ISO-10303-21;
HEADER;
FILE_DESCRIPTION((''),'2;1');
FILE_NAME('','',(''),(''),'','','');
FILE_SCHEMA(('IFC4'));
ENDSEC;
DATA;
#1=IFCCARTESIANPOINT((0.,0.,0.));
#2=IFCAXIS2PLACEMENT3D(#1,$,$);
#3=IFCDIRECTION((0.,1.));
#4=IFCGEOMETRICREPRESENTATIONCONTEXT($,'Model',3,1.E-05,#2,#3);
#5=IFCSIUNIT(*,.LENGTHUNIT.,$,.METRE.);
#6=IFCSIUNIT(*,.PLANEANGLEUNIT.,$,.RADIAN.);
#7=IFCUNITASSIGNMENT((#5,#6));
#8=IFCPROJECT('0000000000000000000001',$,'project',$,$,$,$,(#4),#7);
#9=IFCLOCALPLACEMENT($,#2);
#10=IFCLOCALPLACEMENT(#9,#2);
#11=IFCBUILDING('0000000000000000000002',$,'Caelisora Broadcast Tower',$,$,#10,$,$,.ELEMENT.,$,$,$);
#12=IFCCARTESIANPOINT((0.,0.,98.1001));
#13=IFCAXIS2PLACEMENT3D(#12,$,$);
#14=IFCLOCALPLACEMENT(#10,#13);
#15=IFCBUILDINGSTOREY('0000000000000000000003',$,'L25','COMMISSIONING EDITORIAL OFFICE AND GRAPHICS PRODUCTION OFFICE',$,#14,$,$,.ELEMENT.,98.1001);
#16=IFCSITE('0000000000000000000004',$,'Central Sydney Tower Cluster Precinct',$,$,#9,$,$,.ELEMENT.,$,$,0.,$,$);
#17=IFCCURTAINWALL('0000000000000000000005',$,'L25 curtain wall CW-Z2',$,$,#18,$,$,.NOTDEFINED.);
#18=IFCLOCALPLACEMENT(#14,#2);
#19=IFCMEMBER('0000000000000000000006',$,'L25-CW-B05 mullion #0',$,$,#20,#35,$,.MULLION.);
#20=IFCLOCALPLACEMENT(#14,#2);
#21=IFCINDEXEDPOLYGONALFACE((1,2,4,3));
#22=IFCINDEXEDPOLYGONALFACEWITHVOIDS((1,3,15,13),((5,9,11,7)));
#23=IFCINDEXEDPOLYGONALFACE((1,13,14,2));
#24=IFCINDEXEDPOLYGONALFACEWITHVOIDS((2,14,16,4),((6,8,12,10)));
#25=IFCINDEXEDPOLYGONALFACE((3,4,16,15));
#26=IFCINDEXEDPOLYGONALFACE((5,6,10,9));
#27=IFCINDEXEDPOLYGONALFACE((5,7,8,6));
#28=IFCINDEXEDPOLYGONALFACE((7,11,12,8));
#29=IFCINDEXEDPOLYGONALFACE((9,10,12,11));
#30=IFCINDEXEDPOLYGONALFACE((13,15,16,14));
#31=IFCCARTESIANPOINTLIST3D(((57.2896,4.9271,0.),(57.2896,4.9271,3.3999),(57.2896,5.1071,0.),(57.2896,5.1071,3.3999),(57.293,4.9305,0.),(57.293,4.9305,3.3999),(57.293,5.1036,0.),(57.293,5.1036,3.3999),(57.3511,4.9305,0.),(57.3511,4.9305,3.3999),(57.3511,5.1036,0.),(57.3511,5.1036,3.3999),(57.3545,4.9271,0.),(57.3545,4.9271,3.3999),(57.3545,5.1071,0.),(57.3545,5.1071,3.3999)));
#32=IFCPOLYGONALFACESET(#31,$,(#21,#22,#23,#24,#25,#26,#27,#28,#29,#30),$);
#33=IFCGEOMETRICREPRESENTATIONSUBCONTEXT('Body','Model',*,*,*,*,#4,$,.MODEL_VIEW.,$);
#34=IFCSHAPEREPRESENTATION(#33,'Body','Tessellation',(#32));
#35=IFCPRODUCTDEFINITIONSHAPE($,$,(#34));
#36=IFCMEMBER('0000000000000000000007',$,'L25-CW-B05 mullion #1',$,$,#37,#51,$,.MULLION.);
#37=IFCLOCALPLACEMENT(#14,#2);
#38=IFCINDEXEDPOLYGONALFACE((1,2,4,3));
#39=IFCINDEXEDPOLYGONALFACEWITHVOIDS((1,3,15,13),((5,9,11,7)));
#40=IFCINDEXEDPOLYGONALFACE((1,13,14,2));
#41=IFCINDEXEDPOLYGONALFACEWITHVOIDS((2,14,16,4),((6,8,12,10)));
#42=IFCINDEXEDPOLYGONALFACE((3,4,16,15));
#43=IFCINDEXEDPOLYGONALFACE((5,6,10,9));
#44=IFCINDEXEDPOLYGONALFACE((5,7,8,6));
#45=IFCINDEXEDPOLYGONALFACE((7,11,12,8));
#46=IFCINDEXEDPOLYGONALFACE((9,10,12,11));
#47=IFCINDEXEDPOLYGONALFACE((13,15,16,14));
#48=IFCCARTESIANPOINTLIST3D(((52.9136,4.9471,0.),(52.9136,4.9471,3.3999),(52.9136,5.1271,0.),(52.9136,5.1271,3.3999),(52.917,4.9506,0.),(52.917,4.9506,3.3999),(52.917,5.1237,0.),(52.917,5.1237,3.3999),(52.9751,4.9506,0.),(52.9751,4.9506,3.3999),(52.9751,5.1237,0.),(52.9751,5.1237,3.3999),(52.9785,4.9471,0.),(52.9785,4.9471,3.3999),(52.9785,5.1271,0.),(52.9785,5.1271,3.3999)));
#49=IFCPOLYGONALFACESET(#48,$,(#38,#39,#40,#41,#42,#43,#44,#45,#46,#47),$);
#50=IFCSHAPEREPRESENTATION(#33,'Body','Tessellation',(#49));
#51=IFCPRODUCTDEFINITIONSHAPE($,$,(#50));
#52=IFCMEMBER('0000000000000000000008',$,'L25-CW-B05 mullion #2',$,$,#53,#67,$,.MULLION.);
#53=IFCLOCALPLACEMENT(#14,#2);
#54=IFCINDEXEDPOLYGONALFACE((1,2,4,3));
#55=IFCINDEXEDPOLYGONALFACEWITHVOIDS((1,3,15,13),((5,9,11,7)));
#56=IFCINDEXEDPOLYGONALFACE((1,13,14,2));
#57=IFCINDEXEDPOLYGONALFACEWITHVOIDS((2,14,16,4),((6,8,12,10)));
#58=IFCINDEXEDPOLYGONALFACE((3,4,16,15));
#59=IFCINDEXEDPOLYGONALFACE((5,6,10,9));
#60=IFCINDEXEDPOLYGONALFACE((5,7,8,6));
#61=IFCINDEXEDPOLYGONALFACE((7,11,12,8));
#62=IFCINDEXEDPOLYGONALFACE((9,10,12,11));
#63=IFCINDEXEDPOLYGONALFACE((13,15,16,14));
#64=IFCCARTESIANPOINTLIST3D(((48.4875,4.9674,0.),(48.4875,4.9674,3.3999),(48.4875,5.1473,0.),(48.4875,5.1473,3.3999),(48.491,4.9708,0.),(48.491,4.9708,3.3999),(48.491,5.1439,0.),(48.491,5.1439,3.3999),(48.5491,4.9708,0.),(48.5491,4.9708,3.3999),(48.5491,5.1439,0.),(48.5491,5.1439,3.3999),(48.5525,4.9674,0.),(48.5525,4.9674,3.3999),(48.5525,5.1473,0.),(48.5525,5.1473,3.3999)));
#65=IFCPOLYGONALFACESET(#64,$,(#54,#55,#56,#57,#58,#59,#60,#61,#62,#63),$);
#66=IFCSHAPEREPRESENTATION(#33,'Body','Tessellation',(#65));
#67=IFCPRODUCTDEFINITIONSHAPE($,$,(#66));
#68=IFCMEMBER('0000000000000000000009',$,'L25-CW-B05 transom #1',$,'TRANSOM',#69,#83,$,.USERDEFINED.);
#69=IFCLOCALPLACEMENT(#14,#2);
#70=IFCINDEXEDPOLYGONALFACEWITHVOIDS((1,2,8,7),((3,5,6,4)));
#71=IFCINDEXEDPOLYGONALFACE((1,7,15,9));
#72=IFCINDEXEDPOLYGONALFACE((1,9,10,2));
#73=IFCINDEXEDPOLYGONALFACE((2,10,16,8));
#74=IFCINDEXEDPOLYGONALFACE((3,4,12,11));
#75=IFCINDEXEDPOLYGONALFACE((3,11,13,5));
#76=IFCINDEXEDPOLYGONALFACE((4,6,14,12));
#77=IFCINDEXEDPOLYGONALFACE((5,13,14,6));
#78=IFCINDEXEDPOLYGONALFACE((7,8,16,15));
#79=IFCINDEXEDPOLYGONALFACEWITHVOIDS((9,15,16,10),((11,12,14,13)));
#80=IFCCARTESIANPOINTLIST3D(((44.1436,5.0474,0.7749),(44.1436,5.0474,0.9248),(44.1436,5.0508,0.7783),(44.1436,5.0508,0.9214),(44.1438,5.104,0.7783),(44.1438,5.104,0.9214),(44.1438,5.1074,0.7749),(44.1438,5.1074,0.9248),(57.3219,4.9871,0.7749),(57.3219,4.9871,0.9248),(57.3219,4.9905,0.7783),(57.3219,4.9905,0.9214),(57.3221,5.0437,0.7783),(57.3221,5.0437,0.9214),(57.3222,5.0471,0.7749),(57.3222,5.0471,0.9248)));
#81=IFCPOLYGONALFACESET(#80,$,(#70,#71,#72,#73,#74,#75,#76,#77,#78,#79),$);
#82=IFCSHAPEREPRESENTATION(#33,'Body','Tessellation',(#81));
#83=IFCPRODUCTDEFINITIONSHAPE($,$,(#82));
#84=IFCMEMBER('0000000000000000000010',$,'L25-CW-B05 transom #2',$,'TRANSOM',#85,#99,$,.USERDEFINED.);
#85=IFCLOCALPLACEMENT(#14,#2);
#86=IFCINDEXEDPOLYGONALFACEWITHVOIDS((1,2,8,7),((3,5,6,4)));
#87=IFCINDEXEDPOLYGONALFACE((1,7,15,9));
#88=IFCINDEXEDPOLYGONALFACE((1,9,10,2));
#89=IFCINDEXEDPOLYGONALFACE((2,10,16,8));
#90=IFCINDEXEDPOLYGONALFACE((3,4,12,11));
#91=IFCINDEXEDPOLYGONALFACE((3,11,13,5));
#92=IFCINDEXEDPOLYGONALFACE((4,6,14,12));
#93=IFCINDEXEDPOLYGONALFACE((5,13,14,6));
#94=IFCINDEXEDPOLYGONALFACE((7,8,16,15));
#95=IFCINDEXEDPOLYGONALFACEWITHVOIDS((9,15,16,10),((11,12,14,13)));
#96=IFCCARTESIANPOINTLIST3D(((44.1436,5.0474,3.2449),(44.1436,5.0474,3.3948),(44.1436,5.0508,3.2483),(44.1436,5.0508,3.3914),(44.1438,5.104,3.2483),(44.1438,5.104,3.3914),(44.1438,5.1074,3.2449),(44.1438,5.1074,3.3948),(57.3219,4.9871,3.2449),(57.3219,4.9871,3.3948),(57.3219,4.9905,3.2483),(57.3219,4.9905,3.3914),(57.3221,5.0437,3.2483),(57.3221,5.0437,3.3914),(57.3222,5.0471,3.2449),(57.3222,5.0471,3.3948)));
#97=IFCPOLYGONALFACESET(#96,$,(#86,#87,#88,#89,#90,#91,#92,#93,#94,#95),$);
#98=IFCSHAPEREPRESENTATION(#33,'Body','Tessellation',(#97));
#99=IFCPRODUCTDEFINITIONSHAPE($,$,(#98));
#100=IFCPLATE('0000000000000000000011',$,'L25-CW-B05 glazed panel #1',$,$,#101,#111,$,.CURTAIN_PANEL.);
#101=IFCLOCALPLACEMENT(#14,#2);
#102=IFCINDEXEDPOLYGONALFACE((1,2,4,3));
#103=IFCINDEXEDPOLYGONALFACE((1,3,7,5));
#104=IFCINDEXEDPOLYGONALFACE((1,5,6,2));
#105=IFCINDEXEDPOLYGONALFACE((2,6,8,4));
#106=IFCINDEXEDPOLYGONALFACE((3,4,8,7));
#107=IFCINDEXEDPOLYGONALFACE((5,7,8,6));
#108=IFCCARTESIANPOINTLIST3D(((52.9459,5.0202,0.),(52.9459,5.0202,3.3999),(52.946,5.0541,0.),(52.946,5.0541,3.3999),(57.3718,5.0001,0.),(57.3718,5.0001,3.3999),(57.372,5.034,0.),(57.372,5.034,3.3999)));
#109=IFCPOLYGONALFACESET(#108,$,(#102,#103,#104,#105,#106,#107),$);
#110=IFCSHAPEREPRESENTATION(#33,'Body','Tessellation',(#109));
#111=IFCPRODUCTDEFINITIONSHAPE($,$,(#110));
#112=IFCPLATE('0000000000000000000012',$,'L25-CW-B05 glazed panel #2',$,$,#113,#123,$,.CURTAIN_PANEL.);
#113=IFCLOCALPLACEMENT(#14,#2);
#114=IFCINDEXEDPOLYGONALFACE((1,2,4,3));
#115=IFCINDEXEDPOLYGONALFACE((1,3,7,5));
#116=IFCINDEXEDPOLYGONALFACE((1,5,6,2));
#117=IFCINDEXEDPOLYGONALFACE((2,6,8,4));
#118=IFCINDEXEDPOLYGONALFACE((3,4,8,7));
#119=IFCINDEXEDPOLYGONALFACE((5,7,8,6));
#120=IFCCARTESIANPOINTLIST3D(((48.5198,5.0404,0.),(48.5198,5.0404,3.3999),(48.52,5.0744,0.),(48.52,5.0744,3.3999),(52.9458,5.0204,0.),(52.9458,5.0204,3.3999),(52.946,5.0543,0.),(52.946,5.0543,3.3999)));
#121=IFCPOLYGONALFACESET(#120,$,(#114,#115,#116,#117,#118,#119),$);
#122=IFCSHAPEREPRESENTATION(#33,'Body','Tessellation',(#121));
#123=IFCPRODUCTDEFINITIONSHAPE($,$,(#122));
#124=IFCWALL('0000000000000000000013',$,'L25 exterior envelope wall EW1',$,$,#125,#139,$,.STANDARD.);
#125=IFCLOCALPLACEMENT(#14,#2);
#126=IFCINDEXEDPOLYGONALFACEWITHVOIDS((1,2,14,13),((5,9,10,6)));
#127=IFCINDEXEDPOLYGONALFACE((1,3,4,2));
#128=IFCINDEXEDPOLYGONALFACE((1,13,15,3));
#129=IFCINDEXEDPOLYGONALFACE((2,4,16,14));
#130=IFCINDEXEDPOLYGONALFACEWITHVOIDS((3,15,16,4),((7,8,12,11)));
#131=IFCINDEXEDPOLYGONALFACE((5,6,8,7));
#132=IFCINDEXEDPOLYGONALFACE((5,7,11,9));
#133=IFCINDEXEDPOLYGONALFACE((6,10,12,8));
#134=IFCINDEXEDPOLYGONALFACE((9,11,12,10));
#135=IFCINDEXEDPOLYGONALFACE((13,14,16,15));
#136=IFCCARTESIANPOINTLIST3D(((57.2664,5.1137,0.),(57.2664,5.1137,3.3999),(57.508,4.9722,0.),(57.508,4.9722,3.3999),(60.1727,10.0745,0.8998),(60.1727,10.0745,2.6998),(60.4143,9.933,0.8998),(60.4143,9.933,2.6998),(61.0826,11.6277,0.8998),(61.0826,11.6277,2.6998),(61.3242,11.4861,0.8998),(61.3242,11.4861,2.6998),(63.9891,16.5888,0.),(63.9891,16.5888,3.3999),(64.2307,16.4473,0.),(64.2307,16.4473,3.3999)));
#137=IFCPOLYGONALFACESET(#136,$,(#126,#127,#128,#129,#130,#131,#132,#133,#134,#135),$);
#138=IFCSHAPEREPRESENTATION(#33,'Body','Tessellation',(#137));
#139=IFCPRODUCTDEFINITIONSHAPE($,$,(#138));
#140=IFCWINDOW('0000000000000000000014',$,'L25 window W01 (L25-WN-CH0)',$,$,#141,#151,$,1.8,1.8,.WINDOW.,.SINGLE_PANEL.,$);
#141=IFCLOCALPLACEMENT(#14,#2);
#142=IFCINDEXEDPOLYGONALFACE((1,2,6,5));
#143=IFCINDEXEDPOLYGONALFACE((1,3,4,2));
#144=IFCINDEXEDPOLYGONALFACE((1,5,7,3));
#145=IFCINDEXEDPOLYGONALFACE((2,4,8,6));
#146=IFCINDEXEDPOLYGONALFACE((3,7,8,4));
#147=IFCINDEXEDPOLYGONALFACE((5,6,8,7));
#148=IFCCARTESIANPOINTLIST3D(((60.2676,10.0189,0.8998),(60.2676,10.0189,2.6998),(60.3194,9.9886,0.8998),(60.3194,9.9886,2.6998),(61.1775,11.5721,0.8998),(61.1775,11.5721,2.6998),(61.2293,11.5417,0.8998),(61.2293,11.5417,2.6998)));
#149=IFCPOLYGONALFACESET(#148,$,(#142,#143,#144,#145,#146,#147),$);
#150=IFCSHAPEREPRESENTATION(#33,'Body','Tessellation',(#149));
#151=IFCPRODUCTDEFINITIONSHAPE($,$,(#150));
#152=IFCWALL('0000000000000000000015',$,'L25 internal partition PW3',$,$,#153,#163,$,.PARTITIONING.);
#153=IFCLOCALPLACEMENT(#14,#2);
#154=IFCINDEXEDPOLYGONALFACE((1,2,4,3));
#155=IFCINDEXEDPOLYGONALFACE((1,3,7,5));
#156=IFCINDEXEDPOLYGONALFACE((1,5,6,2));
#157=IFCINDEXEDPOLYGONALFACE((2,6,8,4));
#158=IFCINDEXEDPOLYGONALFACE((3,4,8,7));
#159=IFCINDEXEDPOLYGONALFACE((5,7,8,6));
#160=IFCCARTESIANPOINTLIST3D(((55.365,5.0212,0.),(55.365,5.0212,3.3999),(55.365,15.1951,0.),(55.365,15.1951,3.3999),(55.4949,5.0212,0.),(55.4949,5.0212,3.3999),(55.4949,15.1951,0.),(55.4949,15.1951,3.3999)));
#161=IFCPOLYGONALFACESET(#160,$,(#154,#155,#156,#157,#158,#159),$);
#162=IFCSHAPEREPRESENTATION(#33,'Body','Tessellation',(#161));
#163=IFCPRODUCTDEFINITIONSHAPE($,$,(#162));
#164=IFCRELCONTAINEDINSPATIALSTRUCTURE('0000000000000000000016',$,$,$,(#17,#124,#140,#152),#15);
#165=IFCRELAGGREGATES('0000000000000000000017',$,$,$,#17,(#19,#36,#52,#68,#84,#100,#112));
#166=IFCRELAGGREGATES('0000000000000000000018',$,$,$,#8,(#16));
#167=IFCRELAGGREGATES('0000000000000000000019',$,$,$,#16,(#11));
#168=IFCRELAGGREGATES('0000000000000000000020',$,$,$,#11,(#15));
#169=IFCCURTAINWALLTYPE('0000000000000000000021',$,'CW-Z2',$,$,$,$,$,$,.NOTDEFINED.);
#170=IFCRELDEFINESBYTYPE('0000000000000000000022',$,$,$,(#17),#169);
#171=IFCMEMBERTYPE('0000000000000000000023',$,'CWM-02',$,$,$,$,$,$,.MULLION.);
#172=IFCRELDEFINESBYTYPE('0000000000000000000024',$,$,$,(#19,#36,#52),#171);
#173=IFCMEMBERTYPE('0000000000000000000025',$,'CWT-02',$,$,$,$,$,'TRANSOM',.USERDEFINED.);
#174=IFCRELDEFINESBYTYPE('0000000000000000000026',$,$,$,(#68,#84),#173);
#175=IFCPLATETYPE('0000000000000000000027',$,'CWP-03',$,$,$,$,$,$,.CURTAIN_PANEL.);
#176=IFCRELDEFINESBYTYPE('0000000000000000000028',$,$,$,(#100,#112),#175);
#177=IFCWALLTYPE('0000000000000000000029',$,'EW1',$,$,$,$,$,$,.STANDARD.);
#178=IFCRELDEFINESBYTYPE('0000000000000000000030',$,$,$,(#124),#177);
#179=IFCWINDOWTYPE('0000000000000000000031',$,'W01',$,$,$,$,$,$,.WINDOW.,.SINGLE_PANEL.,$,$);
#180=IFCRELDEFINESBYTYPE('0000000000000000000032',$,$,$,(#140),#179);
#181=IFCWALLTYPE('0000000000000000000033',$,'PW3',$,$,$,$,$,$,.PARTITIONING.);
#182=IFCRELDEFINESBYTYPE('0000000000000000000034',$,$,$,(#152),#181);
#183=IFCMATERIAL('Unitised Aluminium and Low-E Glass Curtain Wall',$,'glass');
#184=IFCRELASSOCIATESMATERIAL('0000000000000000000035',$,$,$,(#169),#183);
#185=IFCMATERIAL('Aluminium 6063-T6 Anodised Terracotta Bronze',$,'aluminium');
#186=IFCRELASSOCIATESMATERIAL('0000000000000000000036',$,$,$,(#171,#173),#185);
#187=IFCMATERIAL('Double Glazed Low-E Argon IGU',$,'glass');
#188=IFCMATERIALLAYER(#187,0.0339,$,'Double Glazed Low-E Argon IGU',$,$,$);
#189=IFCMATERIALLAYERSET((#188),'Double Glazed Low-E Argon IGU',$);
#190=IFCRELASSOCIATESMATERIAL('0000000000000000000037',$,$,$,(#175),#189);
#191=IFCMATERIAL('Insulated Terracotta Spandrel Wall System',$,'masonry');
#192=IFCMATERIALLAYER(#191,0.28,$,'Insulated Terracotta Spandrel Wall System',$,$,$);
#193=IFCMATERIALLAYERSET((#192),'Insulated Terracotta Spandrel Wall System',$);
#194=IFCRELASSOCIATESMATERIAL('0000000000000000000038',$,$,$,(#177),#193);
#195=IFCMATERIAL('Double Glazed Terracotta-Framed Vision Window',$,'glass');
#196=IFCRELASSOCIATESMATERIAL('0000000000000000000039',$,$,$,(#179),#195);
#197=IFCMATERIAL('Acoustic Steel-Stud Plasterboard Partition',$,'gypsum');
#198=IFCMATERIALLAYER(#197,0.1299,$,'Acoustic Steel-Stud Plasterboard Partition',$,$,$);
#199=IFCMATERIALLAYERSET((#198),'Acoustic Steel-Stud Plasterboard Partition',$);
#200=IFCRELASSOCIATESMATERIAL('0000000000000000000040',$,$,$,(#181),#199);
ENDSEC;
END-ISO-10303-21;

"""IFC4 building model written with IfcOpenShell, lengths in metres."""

from ifc_helpers import new_model, si_unit, direction, frame, frame_2d, origin, origin_2d, place, context, subcontext, project, spatial, rectangle, hollow_rectangle, extrude, source, transform, mapped, material, layer, layer_set, material_profile, profile_set, type_object, type_shapes, element, fill, aggregate, save


model = new_model("IFC4")

# Units and contexts
model_context = context("Model", 3, precision=1e-05, world=origin(), true_north=direction((0.0, 1.0)))
body_context = subcontext(model_context, "Body", "Model", "MODEL_VIEW")
ifc_project = project(units=[si_unit("LENGTHUNIT", "METRE"), si_unit("PLANEANGLEUNIT", "RADIAN")], contexts=[model_context])

# Site, building, storey
site_placement = place(None, origin())
site = spatial("IfcSite", under=ifc_project, at=site_placement, Name="Central Sydney Tower Cluster Precinct", CompositionType="ELEMENT", RefElevation=0.0)
building_placement = place(site_placement, origin())
building = spatial("IfcBuilding", under=site, at=building_placement, Name="Caelisora Broadcast Tower", CompositionType="ELEMENT")
storey_placement = place(building_placement, frame((0.0, 0.0, 98.1001)))
storey = spatial("IfcBuildingStorey", under=building, at=storey_placement, Name="L25", Description="COMMISSIONING EDITORIAL OFFICE AND GRAPHICS PRODUCTION OFFICE", CompositionType="ELEMENT", Elevation=98.1001)

# Shared definitions
ifc_material_1 = material(Name="Unitised Aluminium and Low-E Glass Curtain Wall", Category="glass")
curtain_wall_type = type_object("IfcCurtainWallType", Name="CW-Z2", PredefinedType="NOTDEFINED", material=ifc_material_1)
ifc_material_2 = material(Name="Aluminium 6063-T6 Anodised Terracotta Bronze", Category="aluminium")
ifc_material_profile_1 = material_profile(ifc_material_2, hollow_rectangle(XDim=0.0649, YDim=0.1799, WallThickness=0.0034, at=origin_2d()), Name="Aluminium 6063-T6 Anodised Terracotta Bronze")
ifc_profile_set_1 = profile_set([ifc_material_profile_1], Name="Aluminium 6063-T6 Anodised Terracotta Bronze")
member_type_1 = type_object("IfcMemberType", Name="CWM-02", PredefinedType="MULLION", material=ifc_profile_set_1)
shared_shape_1 = source(origin(), body_context, "Body", "SweptSolid", [
    extrude(hollow_rectangle(XDim=0.0649, YDim=0.1799, WallThickness=0.0034, at=origin_2d()), origin(), (0.0, 0.0, 1.0), 3.3999),
])
type_shapes(member_type_1, [shared_shape_1])

# Curtain wall, members, plates
curtain_wall_1_placement = place(storey_placement, origin())
curtain_wall_1 = element("IfcCurtainWall", 1, at=curtain_wall_1_placement, inside=storey, type_object=curtain_wall_type, Name="L25 curtain wall CW-Z2", PredefinedType="NOTDEFINED")
member_1_placement = place(storey_placement, frame((57.322, 5.0171, 0.0), z_axis=(0.0, 0.0, 1.0), x_axis=(1.0, 0.0, 0.0)))
member_1 = element("IfcMember", 2, at=member_1_placement, type_object=member_type_1, Name="L25-CW-B05 mullion #0", PredefinedType="MULLION", context=body_context, shape_type="MappedRepresentation", body=[
    mapped(shared_shape_1, transform((0.0, 0.0, 0.0), scale=1.0)),
])
member_2_placement = place(storey_placement, frame((52.946, 5.0371, 0.0), z_axis=(0.0, 0.0, 1.0), x_axis=(1.0, 0.0, 0.0)))
member_2 = element("IfcMember", 3, at=member_2_placement, type_object=member_type_1, Name="L25-CW-B05 mullion #1", PredefinedType="MULLION", context=body_context, shape_type="MappedRepresentation", body=[
    mapped(shared_shape_1, transform((0.0, 0.0, 0.0), scale=1.0)),
])
member_3_placement = place(storey_placement, frame((48.52, 5.0574, 0.0), z_axis=(0.0, 0.0, 1.0), x_axis=(1.0, 0.0, 0.0)))
member_3 = element("IfcMember", 4, at=member_3_placement, type_object=member_type_1, Name="L25-CW-B05 mullion #2", PredefinedType="MULLION", context=body_context, shape_type="MappedRepresentation", body=[
    mapped(shared_shape_1, transform((0.0, 0.0, 0.0), scale=1.0)),
])
ifc_material_profile_2 = material_profile(ifc_material_2, hollow_rectangle(XDim=0.0601, YDim=0.1499, WallThickness=0.0034, at=origin_2d()), Name="Aluminium 6063-T6 Anodised Terracotta Bronze")
ifc_profile_set_2 = profile_set([ifc_material_profile_2], Name="Aluminium 6063-T6 Anodised Terracotta Bronze")
member_type_2 = type_object("IfcMemberType", Name="CWT-02", ElementType="TRANSOM", PredefinedType="USERDEFINED", material=ifc_profile_set_2)
shared_shape_2 = source(origin(), body_context, "Body", "SweptSolid", [
    extrude(hollow_rectangle(XDim=0.0601, YDim=0.1499, WallThickness=0.0034, at=origin_2d()), origin(), (0.0, 0.0, 1.0), 13.1785),
])
type_shapes(member_type_2, [shared_shape_2])
member_4_placement = place(storey_placement, frame((57.322, 5.0171, 0.8499), z_axis=(-0.99999, 0.004576, 0.0), x_axis=(-0.004576, -0.99999, 0.0)))
member_4 = element("IfcMember", 5, at=member_4_placement, type_object=member_type_2, Name="L25-CW-B05 transom #1", ObjectType="TRANSOM", PredefinedType="USERDEFINED", context=body_context, shape_type="MappedRepresentation", body=[
    mapped(shared_shape_2, transform((0.0, 0.0, 0.0), scale=1.0)),
])
member_5_placement = place(storey_placement, frame((57.322, 5.0171, 3.3198), z_axis=(-0.99999, 0.004576, 0.0), x_axis=(-0.004576, -0.99999, 0.0)))
member_5 = element("IfcMember", 6, at=member_5_placement, type_object=member_type_2, Name="L25-CW-B05 transom #2", ObjectType="TRANSOM", PredefinedType="USERDEFINED", context=body_context, shape_type="MappedRepresentation", body=[
    mapped(shared_shape_2, transform((0.0, 0.0, 0.0), scale=1.0)),
])
ifc_material_3 = material(Name="Double Glazed Low-E Argon IGU", Category="glass")
ifc_layer_1 = layer(ifc_material_3, 0.0339, Name="Double Glazed Low-E Argon IGU")
ifc_layer_set_1 = layer_set([ifc_layer_1], Name="Double Glazed Low-E Argon IGU")
plate_type = type_object("IfcPlateType", Name="CWP-03", PredefinedType="CURTAIN_PANEL", material=ifc_layer_set_1)
shared_shape_3 = source(origin(), body_context, "Body", "SweptSolid", [
    extrude(rectangle(XDim=4.426, YDim=0.0339, at=origin_2d()), origin(), (0.0, 0.0, 1.0), 3.3999),
])
type_shapes(plate_type, [shared_shape_3])
plate_1_placement = place(storey_placement, frame((55.1589, 5.0271, 0.0), z_axis=(0.0, 0.0, 1.0), x_axis=(-0.99999, 0.004538, 0.0)))
plate_1 = element("IfcPlate", 7, at=plate_1_placement, type_object=plate_type, Name="L25-CW-B05 glazed panel #1", PredefinedType="CURTAIN_PANEL", context=body_context, shape_type="MappedRepresentation", body=[
    mapped(shared_shape_3, transform((0.0, 0.0, 0.0), scale=1.0)),
])
plate_2_placement = place(storey_placement, frame((50.7329, 5.0474, 0.0), z_axis=(0.0, 0.0, 1.0), x_axis=(-0.99999, 0.004538, 0.0)))
plate_2 = element("IfcPlate", 8, at=plate_2_placement, type_object=plate_type, Name="L25-CW-B05 glazed panel #2", PredefinedType="CURTAIN_PANEL", context=body_context, shape_type="MappedRepresentation", body=[
    mapped(shared_shape_3, transform((0.0, 0.0, 0.0), scale=1.0)),
])
aggregate(curtain_wall_1, [member_1, member_2, member_3, member_4, member_5, plate_1, plate_2])

# Wall, opening, window
ifc_material_4 = material(Name="Insulated Terracotta Spandrel Wall System", Category="masonry")
ifc_layer_2 = layer(ifc_material_4, 0.28, Name="Insulated Terracotta Spandrel Wall System")
ifc_layer_set_2 = layer_set([ifc_layer_2], Name="Insulated Terracotta Spandrel Wall System")
wall_type_1 = type_object("IfcWallType", Name="EW1", PredefinedType="STANDARD", material=ifc_layer_set_2)
wall_1_placement = place(storey_placement, frame((64.1099, 16.5181, 0.0), z_axis=(0.0, 0.0, 1.0), x_axis=(-0.505489, -0.862833, 0.0)))
wall_1 = element("IfcWall", 9, at=wall_1_placement, inside=storey, type_object=wall_type_1, Name="L25 exterior envelope wall EW1", PredefinedType="STANDARD", context=body_context, shape_type="SweptSolid", body=[
    extrude(rectangle(XDim=13.2993, YDim=0.28, at=frame_2d((6.6497, 0.0))), origin(), (0.0, 0.0, 1.0), 3.3999),
])
opening_1_placement = place(wall_1_placement, frame((5.75, 0.0, 0.8999)))
opening_1 = element("IfcOpeningElement", 10, at=opening_1_placement, cuts=wall_1, PredefinedType="OPENING", context=body_context, shape_type="SweptSolid", body=[
    extrude(rectangle(XDim=1.8, YDim=1.8, at=frame_2d((0.8999, 0.8999))), frame((0.0, 0.1521, 0.0), z_axis=(0.0, -1.0, 0.0), x_axis=(1.0, 0.0, 0.0)), (0.0, 0.0, 1.0), 0.304),
])
ifc_material_5 = material(Name="Double Glazed Terracotta-Framed Vision Window", Category="glass")
window_type = type_object("IfcWindowType", Name="W01", PartitioningType="SINGLE_PANEL", PredefinedType="WINDOW", material=ifc_material_5)
window_placement = place(opening_1_placement, origin())
window = element("IfcWindow", 11, at=window_placement, inside=storey, type_object=window_type, Name="L25 window W01 (L25-WN-CH0)", OverallHeight=1.8, OverallWidth=1.8, PartitioningType="SINGLE_PANEL", PredefinedType="WINDOW", context=body_context, shape_type="SweptSolid", body=[
    extrude(rectangle(XDim=1.8, YDim=1.8, at=frame_2d((0.8999, 0.8999))), frame((0.0, 0.03, 0.0), z_axis=(0.0, -1.0, 0.0), x_axis=(1.0, 0.0, 0.0)), (0.0, 0.0, 1.0), 0.0601),
])
fill(opening_1, window)

# Wall
ifc_material_6 = material(Name="Acoustic Steel-Stud Plasterboard Partition", Category="gypsum")
ifc_layer_3 = layer(ifc_material_6, 0.1299, Name="Acoustic Steel-Stud Plasterboard Partition")
ifc_layer_set_3 = layer_set([ifc_layer_3], Name="Acoustic Steel-Stud Plasterboard Partition")
wall_type_2 = type_object("IfcWallType", Name="PW3", PredefinedType="PARTITIONING", material=ifc_layer_set_3)
wall_2_placement = place(storey_placement, frame((55.4299, 5.0212, 0.0), z_axis=(0.0, 0.0, 1.0), x_axis=(0.0, 1.0, 0.0)))
element("IfcWall", 12, at=wall_2_placement, inside=storey, type_object=wall_type_2, Name="L25 internal partition PW3", PredefinedType="PARTITIONING", context=body_context, shape_type="SweptSolid", body=[
    extrude(rectangle(XDim=10.1738, YDim=0.1299, at=frame_2d((5.0869, 0.0))), origin(), (0.0, 0.0, 1.0), 3.3999),
])

save(model, "model.ifc")
